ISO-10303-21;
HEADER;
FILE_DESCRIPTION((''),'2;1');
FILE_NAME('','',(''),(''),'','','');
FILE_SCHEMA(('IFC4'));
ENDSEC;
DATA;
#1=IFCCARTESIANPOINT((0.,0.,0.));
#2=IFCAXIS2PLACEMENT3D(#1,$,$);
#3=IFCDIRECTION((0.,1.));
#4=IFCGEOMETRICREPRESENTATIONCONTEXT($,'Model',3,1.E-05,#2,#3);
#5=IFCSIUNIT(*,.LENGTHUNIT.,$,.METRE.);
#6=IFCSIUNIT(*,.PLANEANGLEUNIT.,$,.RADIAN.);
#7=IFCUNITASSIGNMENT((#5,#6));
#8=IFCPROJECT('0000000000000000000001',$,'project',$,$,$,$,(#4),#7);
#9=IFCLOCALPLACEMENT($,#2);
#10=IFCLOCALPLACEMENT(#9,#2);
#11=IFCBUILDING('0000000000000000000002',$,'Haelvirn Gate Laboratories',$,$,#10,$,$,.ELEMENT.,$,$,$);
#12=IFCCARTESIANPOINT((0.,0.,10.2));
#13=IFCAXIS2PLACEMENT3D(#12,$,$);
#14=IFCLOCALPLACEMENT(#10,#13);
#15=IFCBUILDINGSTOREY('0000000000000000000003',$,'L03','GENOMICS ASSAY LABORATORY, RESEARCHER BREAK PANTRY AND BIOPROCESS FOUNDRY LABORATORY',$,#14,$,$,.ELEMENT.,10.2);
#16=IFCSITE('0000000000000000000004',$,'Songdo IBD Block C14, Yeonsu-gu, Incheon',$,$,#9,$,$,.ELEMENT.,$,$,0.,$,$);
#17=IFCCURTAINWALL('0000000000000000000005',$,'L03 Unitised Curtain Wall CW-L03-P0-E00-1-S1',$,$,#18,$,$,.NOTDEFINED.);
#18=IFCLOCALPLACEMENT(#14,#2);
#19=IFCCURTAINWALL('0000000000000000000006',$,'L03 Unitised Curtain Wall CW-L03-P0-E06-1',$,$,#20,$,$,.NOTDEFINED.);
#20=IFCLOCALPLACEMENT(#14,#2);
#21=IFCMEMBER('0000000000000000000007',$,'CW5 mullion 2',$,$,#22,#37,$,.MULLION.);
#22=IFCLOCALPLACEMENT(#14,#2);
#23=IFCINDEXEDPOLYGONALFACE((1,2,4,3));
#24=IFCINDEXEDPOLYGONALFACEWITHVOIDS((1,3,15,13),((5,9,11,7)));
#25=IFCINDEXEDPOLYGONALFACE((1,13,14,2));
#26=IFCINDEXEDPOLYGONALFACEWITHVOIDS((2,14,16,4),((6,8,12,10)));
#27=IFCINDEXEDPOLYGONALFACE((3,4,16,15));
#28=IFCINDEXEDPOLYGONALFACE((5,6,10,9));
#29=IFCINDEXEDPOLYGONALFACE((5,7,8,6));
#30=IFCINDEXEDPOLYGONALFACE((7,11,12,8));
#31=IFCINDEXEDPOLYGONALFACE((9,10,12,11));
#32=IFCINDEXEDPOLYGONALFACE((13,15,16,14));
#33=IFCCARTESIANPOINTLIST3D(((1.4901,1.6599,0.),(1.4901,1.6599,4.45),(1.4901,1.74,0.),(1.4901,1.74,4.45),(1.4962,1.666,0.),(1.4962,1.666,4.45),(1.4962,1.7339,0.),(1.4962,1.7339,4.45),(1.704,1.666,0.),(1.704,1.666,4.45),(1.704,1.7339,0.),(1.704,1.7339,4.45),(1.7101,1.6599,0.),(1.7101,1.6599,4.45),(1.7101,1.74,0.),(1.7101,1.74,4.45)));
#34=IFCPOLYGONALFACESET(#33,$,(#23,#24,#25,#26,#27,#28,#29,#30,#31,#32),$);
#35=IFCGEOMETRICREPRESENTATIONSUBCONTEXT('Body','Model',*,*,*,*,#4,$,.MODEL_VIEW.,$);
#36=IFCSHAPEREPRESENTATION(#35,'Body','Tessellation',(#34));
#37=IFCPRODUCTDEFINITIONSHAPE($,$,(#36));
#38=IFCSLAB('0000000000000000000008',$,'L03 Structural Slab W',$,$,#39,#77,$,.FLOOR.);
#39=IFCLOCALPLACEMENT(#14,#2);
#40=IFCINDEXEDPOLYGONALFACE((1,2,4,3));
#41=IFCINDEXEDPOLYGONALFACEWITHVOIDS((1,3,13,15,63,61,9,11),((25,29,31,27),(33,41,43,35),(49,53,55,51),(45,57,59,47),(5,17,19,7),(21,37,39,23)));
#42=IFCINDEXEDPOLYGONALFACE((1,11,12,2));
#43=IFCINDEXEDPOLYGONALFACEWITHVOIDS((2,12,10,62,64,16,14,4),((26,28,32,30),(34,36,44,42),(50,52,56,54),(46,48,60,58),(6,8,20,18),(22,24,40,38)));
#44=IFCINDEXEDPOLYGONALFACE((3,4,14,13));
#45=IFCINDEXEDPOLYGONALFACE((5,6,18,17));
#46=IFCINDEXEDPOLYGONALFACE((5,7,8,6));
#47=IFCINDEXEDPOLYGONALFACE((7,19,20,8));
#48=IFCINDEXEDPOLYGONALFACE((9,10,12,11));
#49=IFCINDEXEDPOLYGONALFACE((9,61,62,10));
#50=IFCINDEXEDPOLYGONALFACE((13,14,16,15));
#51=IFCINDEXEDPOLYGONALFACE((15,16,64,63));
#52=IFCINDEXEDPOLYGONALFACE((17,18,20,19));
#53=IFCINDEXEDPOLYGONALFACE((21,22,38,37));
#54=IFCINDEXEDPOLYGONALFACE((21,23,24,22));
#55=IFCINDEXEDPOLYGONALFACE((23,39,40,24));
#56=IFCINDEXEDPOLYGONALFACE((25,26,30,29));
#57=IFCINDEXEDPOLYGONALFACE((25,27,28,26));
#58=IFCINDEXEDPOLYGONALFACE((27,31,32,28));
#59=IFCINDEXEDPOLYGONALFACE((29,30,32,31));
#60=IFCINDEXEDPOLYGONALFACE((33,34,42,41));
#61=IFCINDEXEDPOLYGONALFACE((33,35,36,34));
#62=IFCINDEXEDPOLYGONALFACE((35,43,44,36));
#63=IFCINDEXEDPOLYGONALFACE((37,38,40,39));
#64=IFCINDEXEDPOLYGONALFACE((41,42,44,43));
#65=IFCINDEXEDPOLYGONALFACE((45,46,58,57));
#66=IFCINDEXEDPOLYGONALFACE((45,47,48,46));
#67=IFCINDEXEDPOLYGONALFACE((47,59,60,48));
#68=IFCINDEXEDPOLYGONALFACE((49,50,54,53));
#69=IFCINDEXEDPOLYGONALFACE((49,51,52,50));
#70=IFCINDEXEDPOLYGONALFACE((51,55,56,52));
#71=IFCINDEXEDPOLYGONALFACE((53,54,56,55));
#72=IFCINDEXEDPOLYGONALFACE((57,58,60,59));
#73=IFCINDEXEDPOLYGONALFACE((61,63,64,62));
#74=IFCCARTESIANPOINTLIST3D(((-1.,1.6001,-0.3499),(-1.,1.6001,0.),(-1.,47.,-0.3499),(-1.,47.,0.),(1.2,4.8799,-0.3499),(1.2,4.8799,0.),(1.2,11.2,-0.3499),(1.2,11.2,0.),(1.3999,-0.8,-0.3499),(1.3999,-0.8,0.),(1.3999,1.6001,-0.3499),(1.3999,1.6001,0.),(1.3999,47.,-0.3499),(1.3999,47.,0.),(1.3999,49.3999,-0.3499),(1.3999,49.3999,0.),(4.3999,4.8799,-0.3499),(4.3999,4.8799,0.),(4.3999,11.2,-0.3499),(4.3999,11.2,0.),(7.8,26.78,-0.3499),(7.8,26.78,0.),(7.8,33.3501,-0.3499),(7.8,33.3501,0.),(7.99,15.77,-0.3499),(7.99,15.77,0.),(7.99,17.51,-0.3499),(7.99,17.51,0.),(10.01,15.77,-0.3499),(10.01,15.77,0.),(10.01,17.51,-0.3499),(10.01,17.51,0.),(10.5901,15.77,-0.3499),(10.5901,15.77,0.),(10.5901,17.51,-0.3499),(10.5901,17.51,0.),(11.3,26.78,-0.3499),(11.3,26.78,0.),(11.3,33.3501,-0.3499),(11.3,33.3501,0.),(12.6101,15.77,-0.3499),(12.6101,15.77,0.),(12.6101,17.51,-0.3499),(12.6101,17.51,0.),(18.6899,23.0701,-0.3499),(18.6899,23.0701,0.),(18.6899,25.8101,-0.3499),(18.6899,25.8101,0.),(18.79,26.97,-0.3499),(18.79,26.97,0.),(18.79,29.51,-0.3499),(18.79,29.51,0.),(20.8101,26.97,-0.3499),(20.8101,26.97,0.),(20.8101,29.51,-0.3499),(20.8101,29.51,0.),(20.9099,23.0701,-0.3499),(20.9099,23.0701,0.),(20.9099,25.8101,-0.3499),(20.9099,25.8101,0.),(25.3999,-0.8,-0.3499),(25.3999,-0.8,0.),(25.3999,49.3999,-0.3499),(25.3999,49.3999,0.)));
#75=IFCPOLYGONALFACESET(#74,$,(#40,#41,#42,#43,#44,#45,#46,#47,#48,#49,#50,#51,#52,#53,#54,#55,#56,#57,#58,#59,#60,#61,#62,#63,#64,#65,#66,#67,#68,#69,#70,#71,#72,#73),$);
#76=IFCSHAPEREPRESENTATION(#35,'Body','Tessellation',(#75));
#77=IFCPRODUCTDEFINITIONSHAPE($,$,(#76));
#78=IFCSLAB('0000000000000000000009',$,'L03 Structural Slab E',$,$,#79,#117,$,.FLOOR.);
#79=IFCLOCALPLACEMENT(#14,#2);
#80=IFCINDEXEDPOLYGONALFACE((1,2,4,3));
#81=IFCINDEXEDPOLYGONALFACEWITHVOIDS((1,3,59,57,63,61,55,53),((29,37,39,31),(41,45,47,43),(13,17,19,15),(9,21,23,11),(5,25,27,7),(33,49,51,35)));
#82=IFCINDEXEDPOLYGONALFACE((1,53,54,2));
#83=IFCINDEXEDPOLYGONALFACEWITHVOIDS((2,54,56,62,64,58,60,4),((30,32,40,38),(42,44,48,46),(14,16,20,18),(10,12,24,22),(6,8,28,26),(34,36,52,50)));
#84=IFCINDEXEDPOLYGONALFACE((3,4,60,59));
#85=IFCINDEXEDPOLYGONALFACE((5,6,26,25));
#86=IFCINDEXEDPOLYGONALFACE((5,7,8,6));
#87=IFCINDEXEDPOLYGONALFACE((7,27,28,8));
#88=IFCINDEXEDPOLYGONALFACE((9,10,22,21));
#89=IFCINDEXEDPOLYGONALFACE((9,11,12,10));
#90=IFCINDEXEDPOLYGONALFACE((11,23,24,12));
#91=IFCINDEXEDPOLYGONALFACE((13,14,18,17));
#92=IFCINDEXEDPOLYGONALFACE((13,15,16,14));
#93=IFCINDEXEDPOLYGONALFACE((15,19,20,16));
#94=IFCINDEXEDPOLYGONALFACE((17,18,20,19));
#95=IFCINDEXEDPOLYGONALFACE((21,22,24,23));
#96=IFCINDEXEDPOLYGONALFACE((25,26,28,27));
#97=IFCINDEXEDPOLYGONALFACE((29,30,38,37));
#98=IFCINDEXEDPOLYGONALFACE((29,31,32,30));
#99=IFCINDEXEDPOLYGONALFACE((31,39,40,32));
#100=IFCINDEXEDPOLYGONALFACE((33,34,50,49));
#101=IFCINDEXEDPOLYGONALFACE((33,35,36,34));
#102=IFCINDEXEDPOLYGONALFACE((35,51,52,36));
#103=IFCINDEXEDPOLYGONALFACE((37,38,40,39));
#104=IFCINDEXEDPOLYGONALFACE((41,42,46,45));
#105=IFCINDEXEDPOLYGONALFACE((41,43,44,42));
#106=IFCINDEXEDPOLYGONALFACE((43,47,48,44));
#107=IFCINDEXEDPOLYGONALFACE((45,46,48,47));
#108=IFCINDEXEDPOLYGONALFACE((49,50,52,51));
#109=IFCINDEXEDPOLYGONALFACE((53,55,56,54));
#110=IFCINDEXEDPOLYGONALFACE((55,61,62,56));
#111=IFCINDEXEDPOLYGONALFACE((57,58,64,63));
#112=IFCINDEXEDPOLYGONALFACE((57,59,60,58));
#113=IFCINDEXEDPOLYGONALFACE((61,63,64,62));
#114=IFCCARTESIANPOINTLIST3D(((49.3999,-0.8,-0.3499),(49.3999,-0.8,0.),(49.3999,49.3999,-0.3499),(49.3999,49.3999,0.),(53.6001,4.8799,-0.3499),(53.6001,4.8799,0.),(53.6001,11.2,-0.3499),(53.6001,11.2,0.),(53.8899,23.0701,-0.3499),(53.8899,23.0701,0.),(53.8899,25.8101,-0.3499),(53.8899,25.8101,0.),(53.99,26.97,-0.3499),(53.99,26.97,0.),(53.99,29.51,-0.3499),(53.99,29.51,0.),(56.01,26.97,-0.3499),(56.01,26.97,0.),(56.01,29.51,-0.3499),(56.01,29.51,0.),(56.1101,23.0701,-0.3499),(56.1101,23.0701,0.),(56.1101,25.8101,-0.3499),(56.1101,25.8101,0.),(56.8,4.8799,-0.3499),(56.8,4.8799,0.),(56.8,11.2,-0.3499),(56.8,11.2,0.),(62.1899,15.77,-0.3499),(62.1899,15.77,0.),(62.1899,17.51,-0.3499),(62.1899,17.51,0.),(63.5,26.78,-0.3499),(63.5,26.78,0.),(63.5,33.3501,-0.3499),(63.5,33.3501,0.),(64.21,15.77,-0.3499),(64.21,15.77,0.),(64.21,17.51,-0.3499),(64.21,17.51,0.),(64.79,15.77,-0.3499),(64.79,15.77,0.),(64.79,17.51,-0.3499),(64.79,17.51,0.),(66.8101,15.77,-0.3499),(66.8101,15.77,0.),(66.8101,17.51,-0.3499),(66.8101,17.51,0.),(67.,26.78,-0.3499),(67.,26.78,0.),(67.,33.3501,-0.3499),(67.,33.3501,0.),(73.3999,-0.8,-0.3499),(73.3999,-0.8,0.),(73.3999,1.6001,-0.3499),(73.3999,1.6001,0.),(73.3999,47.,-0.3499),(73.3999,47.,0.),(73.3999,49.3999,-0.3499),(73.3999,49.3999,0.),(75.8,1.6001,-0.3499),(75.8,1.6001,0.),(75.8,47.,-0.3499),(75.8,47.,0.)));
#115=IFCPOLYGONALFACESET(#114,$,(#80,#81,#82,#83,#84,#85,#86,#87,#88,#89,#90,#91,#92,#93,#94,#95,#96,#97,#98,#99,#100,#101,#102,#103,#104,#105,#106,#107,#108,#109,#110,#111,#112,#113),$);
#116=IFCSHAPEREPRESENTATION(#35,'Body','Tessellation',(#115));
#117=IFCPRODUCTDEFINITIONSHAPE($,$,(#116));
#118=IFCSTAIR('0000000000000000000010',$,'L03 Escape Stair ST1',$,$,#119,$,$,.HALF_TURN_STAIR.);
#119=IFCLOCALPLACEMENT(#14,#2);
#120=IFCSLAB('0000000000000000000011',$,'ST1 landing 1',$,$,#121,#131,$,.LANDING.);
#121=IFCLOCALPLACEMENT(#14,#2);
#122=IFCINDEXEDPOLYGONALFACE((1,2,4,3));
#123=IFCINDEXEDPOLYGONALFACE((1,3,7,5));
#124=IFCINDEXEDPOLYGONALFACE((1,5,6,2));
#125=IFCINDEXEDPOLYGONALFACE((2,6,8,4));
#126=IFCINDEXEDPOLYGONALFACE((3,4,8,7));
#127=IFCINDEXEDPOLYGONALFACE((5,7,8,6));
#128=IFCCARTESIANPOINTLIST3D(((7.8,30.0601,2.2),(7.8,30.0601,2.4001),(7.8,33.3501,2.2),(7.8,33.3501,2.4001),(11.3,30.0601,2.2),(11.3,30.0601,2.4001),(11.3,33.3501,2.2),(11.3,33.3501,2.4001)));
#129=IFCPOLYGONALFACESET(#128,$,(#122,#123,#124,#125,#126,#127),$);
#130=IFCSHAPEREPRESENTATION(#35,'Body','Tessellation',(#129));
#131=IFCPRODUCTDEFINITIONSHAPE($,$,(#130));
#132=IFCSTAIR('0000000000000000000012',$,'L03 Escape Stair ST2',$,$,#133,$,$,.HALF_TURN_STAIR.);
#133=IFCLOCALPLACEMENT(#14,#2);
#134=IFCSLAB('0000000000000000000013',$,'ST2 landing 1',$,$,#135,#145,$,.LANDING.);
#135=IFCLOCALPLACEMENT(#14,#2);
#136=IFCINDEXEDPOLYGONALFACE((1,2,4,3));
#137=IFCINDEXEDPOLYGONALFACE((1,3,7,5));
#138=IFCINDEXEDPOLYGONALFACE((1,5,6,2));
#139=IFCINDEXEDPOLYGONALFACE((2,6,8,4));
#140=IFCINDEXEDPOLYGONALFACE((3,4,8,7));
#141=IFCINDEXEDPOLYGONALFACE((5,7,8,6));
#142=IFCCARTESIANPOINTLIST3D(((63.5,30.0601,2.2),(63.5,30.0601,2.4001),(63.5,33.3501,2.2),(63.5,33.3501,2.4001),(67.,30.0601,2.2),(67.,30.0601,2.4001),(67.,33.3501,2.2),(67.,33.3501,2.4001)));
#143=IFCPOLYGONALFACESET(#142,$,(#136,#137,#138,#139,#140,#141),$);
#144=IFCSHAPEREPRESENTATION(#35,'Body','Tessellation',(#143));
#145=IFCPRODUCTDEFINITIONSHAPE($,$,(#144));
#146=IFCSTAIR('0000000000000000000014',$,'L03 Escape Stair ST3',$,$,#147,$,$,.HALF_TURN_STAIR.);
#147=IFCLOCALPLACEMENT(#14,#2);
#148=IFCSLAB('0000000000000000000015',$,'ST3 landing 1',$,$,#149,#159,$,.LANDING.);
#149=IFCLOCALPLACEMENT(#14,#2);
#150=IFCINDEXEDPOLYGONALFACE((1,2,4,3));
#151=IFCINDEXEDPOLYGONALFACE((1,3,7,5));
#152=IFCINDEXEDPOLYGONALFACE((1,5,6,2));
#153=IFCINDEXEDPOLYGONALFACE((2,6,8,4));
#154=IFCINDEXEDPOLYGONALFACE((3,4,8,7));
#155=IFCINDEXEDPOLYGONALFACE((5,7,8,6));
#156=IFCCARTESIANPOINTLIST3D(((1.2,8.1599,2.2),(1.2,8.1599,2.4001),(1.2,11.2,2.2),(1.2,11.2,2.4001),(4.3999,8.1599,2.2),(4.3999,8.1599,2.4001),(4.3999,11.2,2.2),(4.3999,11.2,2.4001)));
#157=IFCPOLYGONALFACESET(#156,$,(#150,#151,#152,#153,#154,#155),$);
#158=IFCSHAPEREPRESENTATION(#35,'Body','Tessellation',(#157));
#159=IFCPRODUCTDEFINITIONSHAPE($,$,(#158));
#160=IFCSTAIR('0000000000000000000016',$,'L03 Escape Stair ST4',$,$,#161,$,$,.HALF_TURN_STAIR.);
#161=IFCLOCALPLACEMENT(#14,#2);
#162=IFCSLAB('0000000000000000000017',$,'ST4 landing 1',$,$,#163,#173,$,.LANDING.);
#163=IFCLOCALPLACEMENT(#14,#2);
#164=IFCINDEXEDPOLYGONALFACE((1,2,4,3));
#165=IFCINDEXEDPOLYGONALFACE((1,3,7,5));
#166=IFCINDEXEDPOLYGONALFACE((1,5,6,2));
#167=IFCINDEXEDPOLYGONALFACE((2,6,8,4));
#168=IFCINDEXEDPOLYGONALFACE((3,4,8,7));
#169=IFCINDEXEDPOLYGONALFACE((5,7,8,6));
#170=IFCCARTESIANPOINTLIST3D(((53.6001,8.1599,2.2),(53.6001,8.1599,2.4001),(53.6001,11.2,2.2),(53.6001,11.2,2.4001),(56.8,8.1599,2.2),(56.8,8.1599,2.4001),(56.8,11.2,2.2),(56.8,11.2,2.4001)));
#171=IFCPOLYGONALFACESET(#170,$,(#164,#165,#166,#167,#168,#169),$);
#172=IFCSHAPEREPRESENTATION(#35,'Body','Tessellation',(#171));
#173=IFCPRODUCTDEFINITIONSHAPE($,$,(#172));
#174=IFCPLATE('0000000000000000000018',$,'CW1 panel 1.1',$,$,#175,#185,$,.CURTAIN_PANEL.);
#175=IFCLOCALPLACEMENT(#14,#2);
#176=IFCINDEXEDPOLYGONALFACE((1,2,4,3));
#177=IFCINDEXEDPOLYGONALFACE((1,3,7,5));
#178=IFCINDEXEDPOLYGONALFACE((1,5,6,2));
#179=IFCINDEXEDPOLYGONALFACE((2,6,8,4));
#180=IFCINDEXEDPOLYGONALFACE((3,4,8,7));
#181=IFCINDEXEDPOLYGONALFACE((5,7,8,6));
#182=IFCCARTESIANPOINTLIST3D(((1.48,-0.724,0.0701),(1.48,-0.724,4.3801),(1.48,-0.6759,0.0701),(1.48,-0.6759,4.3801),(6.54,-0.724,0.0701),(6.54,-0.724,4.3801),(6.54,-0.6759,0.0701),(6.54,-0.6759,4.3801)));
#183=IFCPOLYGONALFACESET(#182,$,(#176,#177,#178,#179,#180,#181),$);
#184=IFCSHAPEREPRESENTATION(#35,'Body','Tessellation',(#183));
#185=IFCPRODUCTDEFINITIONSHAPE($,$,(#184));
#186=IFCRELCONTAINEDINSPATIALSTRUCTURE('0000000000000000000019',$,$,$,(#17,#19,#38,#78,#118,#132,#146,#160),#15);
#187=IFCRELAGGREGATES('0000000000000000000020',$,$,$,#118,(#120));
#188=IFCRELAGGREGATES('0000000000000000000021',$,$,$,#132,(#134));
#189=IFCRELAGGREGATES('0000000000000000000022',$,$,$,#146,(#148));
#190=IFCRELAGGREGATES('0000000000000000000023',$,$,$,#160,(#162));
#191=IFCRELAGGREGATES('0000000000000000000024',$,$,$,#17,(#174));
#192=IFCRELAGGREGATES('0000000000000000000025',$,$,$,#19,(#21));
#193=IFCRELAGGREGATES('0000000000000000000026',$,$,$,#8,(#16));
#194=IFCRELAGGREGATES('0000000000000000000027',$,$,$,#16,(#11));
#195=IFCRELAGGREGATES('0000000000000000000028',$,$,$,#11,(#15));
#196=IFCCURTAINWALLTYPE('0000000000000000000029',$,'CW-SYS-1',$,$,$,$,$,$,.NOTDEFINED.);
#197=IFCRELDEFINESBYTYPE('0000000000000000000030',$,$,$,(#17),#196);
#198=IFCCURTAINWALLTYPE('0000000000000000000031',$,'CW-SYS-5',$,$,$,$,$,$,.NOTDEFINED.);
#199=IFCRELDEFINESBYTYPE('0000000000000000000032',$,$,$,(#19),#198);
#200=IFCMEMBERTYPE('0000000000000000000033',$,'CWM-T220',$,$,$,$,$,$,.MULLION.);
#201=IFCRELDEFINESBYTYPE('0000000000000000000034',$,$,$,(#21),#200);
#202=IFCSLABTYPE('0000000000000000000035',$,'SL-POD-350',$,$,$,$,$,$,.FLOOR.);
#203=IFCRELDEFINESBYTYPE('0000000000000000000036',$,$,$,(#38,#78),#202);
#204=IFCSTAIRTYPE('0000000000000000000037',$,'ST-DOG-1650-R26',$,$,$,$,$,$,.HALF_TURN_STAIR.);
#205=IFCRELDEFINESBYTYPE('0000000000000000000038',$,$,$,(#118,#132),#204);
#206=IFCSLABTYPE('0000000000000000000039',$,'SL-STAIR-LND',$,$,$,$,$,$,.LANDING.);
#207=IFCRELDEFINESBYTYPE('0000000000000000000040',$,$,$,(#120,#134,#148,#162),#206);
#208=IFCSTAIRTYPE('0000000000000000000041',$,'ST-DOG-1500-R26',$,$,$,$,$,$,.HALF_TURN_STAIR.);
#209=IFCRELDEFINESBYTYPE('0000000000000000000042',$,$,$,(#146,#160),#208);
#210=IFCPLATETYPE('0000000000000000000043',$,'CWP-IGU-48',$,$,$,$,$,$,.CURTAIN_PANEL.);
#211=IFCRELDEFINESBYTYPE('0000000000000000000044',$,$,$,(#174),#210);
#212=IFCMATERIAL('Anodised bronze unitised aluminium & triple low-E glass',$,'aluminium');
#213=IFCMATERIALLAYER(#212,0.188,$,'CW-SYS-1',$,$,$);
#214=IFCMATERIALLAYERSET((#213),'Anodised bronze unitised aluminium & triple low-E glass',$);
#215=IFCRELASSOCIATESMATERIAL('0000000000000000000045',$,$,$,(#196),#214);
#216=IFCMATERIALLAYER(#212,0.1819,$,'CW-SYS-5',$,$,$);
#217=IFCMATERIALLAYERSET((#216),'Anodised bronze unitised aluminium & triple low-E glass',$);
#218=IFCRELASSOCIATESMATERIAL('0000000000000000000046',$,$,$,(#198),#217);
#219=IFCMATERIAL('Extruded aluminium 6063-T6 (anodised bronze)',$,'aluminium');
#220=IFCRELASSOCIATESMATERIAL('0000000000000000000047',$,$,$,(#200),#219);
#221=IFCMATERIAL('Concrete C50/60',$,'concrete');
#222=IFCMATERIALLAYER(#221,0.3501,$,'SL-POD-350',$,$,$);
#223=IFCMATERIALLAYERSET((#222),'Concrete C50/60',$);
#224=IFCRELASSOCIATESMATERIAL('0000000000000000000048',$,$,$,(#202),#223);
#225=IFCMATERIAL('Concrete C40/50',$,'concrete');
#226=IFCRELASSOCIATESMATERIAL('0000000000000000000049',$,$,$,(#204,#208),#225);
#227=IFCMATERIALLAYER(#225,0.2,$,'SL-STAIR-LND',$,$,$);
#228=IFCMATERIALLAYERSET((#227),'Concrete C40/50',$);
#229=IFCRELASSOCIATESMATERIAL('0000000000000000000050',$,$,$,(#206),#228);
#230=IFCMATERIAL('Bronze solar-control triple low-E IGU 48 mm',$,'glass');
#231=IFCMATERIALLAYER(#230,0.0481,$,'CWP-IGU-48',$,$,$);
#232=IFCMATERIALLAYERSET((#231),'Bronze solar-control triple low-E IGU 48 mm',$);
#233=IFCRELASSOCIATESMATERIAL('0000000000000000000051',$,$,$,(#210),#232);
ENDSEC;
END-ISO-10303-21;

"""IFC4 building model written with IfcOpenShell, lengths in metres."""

from ifc_helpers import new_model, si_unit, direction, frame, origin, origin_2d, place, context, subcontext, project, spatial, polyline, rectangle, hollow_rectangle, outline, extrude, source, transform, mapped, material, layer, layer_set, material_profile, profile_set, type_object, type_shapes, element, aggregate, save


model = new_model("IFC4")

# Units and contexts
model_context = context("Model", 3, precision=1e-05, world=origin(), true_north=direction((0.0, 1.0)))
body_context = subcontext(model_context, "Body", "Model", "MODEL_VIEW")
ifc_project = project(units=[si_unit("LENGTHUNIT", "METRE"), si_unit("PLANEANGLEUNIT", "RADIAN")], contexts=[model_context])

# Site, building, storey
site_placement = place(None, origin())
site = spatial("IfcSite", under=ifc_project, at=site_placement, Name="Songdo IBD Block C14, Yeonsu-gu, Incheon", CompositionType="ELEMENT", RefElevation=0.0)
building_placement = place(site_placement, origin())
building = spatial("IfcBuilding", under=site, at=building_placement, Name="Haelvirn Gate Laboratories", CompositionType="ELEMENT")
storey_placement = place(building_placement, frame((0.0, 0.0, 10.2)))
storey = spatial("IfcBuildingStorey", under=building, at=storey_placement, Name="L03", Description="GENOMICS ASSAY LABORATORY, RESEARCHER BREAK PANTRY AND BIOPROCESS FOUNDRY LABORATORY", CompositionType="ELEMENT", Elevation=10.2)

# Curtain walls
ifc_material_1 = material(Name="Anodised bronze unitised aluminium & triple low-E glass", Category="aluminium")
ifc_layer_1 = layer(ifc_material_1, 0.188, Name="CW-SYS-1")
ifc_layer_set_1 = layer_set([ifc_layer_1], Name="Anodised bronze unitised aluminium & triple low-E glass")
curtain_wall_type_1 = type_object("IfcCurtainWallType", Name="CW-SYS-1", PredefinedType="NOTDEFINED", material=ifc_layer_set_1)
curtain_wall_1_placement = place(storey_placement, origin())
curtain_wall_1 = element("IfcCurtainWall", 1, at=curtain_wall_1_placement, inside=storey, type_object=curtain_wall_type_1, Name="L03 Unitised Curtain Wall CW-L03-P0-E00-1-S1", PredefinedType="NOTDEFINED")
ifc_material_2 = material(Name="Extruded aluminium 6063-T6 (anodised bronze)", Category="aluminium")
ifc_layer_2 = layer(ifc_material_1, 0.1819, Name="CW-SYS-5")
ifc_layer_set_2 = layer_set([ifc_layer_2], Name="Anodised bronze unitised aluminium & triple low-E glass")
curtain_wall_type_2 = type_object("IfcCurtainWallType", Name="CW-SYS-5", PredefinedType="NOTDEFINED", material=ifc_layer_set_2)
curtain_wall_2_placement = place(storey_placement, origin())
curtain_wall_2 = element("IfcCurtainWall", 2, at=curtain_wall_2_placement, inside=storey, type_object=curtain_wall_type_2, Name="L03 Unitised Curtain Wall CW-L03-P0-E06-1", PredefinedType="NOTDEFINED")

# Shared definitions
ifc_material_profile_1 = material_profile(ifc_material_2, hollow_rectangle(XDim=0.0801, YDim=0.22, WallThickness=0.0061, at=origin_2d()), Name="CWM-220x80x6")
ifc_profile_set_1 = profile_set([ifc_material_profile_1], Name="Extruded aluminium 6063-T6 (anodised bronze)")
member_type_1 = type_object("IfcMemberType", Name="CWM-T220", PredefinedType="MULLION", material=ifc_profile_set_1)
shared_shape_1 = source(origin(), body_context, "Body", "SweptSolid", [
    extrude(hollow_rectangle(XDim=0.0801, YDim=0.22, WallThickness=0.0061, at=origin_2d()), origin(), (0.0, 0.0, 1.0), 4.45),
])
type_shapes(member_type_1, [shared_shape_1])

# Member
member_1_placement = place(storey_placement, frame((1.6001, 1.7, 0.0), z_axis=(0.0, 0.0, 1.0), x_axis=(0.0, 1.0, 0.0)))
member_1 = element("IfcMember", 3, at=member_1_placement, type_object=member_type_1, Name="CW5 mullion 2", PredefinedType="MULLION", context=body_context, shape_type="MappedRepresentation", body=[
    mapped(shared_shape_1, transform((0.0, 0.0, 0.0), scale=1.0)),
])

# Slabs
ifc_material_3 = material(Name="Concrete C50/60", Category="concrete")
ifc_layer_3 = layer(ifc_material_3, 0.3501, Name="SL-POD-350")
ifc_layer_set_3 = layer_set([ifc_layer_3], Name="Concrete C50/60")
slab_type_1 = type_object("IfcSlabType", Name="SL-POD-350", PredefinedType="FLOOR", material=ifc_layer_set_3)
slab_1_placement = place(storey_placement, frame((0.0, 0.0, -0.3499)))
element("IfcSlab", 4, at=slab_1_placement, inside=storey, type_object=slab_type_1, Name="L03 Structural Slab W", PredefinedType="FLOOR", context=body_context, shape_type="SweptSolid", body=[
    extrude(outline(polyline([(1.3999, -0.8), (25.3999, -0.8), (25.3999, 49.3999), (1.3999, 49.3999), (1.3999, 47.0), (-1.0, 47.0), (-1.0, 1.6001), (1.3999, 1.6001), (1.3999, -0.8)]), holes=[polyline([(11.3, 26.78), (11.3, 33.3501), (7.8, 33.3501), (7.8, 26.78), (11.3, 26.78)]), polyline([(4.3999, 4.8799), (4.3999, 11.2), (1.2, 11.2), (1.2, 4.8799), (4.3999, 4.8799)]), polyline([(7.99, 15.77), (10.01, 15.77), (10.01, 17.51), (7.99, 17.51), (7.99, 15.77)]), polyline([(10.5901, 15.77), (12.6101, 15.77), (12.6101, 17.51), (10.5901, 17.51), (10.5901, 15.77)]), polyline([(18.79, 26.97), (20.8101, 26.97), (20.8101, 29.51), (18.79, 29.51), (18.79, 26.97)]), polyline([(18.6899, 23.0701), (20.9099, 23.0701), (20.9099, 25.8101), (18.6899, 25.8101), (18.6899, 23.0701)])]), origin(), (0.0, 0.0, 1.0), 0.3499),
])
slab_2_placement = place(storey_placement, frame((0.0, 0.0, -0.3499)))
element("IfcSlab", 5, at=slab_2_placement, inside=storey, type_object=slab_type_1, Name="L03 Structural Slab E", PredefinedType="FLOOR", context=body_context, shape_type="SweptSolid", body=[
    extrude(outline(polyline([(49.3999, -0.8), (73.3999, -0.8), (73.3999, 1.6001), (75.8, 1.6001), (75.8, 47.0), (73.3999, 47.0), (73.3999, 49.3999), (49.3999, 49.3999), (49.3999, -0.8)]), holes=[polyline([(67.0, 26.78), (67.0, 33.3501), (63.5, 33.3501), (63.5, 26.78), (67.0, 26.78)]), polyline([(56.8, 4.8799), (56.8, 11.2), (53.6001, 11.2), (53.6001, 4.8799), (56.8, 4.8799)]), polyline([(64.79, 15.77), (66.8101, 15.77), (66.8101, 17.51), (64.79, 17.51), (64.79, 15.77)]), polyline([(62.1899, 15.77), (64.21, 15.77), (64.21, 17.51), (62.1899, 17.51), (62.1899, 15.77)]), polyline([(53.99, 26.97), (56.01, 26.97), (56.01, 29.51), (53.99, 29.51), (53.99, 26.97)]), polyline([(53.8899, 23.0701), (56.1101, 23.0701), (56.1101, 25.8101), (53.8899, 25.8101), (53.8899, 23.0701)])]), origin(), (0.0, 0.0, 1.0), 0.3499),
])

# Stairs, slabs
ifc_material_4 = material(Name="Concrete C40/50", Category="concrete")
stair_type_1 = type_object("IfcStairType", Name="ST-DOG-1650-R26", PredefinedType="HALF_TURN_STAIR", material=ifc_material_4)
stair_1_placement = place(storey_placement, origin())
stair_1 = element("IfcStair", 6, at=stair_1_placement, inside=storey, type_object=stair_type_1, Name="L03 Escape Stair ST1", PredefinedType="HALF_TURN_STAIR")
ifc_layer_4 = layer(ifc_material_4, 0.2, Name="SL-STAIR-LND")
ifc_layer_set_4 = layer_set([ifc_layer_4], Name="Concrete C40/50")
slab_type_2 = type_object("IfcSlabType", Name="SL-STAIR-LND", PredefinedType="LANDING", material=ifc_layer_set_4)
slab_3_placement = place(storey_placement, frame((0.0, 0.0, 2.2)))
slab_3 = element("IfcSlab", 7, at=slab_3_placement, type_object=slab_type_2, Name="ST1 landing 1", PredefinedType="LANDING", context=body_context, shape_type="SweptSolid", body=[
    extrude(outline(polyline([(11.3, 30.0601), (11.3, 33.3501), (7.8, 33.3501), (7.8, 30.0601), (11.3, 30.0601)])), origin(), (0.0, 0.0, 1.0), 0.2002),
])
aggregate(stair_1, [slab_3])
stair_2_placement = place(storey_placement, origin())
stair_2 = element("IfcStair", 8, at=stair_2_placement, inside=storey, type_object=stair_type_1, Name="L03 Escape Stair ST2", PredefinedType="HALF_TURN_STAIR")
slab_4_placement = place(storey_placement, frame((0.0, 0.0, 2.2)))
slab_4 = element("IfcSlab", 9, at=slab_4_placement, type_object=slab_type_2, Name="ST2 landing 1", PredefinedType="LANDING", context=body_context, shape_type="SweptSolid", body=[
    extrude(outline(polyline([(67.0, 30.0601), (67.0, 33.3501), (63.5, 33.3501), (63.5, 30.0601), (67.0, 30.0601)])), origin(), (0.0, 0.0, 1.0), 0.2002),
])
aggregate(stair_2, [slab_4])
stair_type_2 = type_object("IfcStairType", Name="ST-DOG-1500-R26", PredefinedType="HALF_TURN_STAIR", material=ifc_material_4)
stair_3_placement = place(storey_placement, origin())
stair_3 = element("IfcStair", 10, at=stair_3_placement, inside=storey, type_object=stair_type_2, Name="L03 Escape Stair ST3", PredefinedType="HALF_TURN_STAIR")
slab_5_placement = place(storey_placement, frame((0.0, 0.0, 2.2)))
slab_5 = element("IfcSlab", 11, at=slab_5_placement, type_object=slab_type_2, Name="ST3 landing 1", PredefinedType="LANDING", context=body_context, shape_type="SweptSolid", body=[
    extrude(outline(polyline([(4.3999, 8.1599), (4.3999, 11.2), (1.2, 11.2), (1.2, 8.1599), (4.3999, 8.1599)])), origin(), (0.0, 0.0, 1.0), 0.2002),
])
aggregate(stair_3, [slab_5])
stair_4_placement = place(storey_placement, origin())
stair_4 = element("IfcStair", 12, at=stair_4_placement, inside=storey, type_object=stair_type_2, Name="L03 Escape Stair ST4", PredefinedType="HALF_TURN_STAIR")
slab_6_placement = place(storey_placement, frame((0.0, 0.0, 2.2)))
slab_6 = element("IfcSlab", 13, at=slab_6_placement, type_object=slab_type_2, Name="ST4 landing 1", PredefinedType="LANDING", context=body_context, shape_type="SweptSolid", body=[
    extrude(outline(polyline([(56.8, 8.1599), (56.8, 11.2), (53.6001, 11.2), (53.6001, 8.1599), (56.8, 8.1599)])), origin(), (0.0, 0.0, 1.0), 0.2002),
])
aggregate(stair_4, [slab_6])

# Plate
ifc_material_5 = material(Name="Bronze solar-control triple low-E IGU 48 mm", Category="glass")
ifc_layer_5 = layer(ifc_material_5, 0.0481, Name="CWP-IGU-48")
ifc_layer_set_5 = layer_set([ifc_layer_5], Name="Bronze solar-control triple low-E IGU 48 mm")
plate_type_1 = type_object("IfcPlateType", Name="CWP-IGU-48", PredefinedType="CURTAIN_PANEL", material=ifc_layer_set_5)
shared_shape_2 = source(origin(), body_context, "Body", "SweptSolid", [
    extrude(rectangle(XDim=5.0601, YDim=0.0481, at=origin_2d()), origin(), (0.0, 0.0, 1.0), 4.3101),
])
type_shapes(plate_type_1, [shared_shape_2])
plate_1_placement = place(storey_placement, frame((4.01, -0.7, 0.0701), z_axis=(0.0, 0.0, 1.0), x_axis=(1.0, 0.0, 0.0)))
plate_1 = element("IfcPlate", 14, at=plate_1_placement, type_object=plate_type_1, Name="CW1 panel 1.1", PredefinedType="CURTAIN_PANEL", context=body_context, shape_type="MappedRepresentation", body=[
    mapped(shared_shape_2, transform((0.0, 0.0, 0.0), scale=1.0)),
])
aggregate(curtain_wall_1, [plate_1])
aggregate(curtain_wall_2, [member_1])

save(model, "model.ifc")
